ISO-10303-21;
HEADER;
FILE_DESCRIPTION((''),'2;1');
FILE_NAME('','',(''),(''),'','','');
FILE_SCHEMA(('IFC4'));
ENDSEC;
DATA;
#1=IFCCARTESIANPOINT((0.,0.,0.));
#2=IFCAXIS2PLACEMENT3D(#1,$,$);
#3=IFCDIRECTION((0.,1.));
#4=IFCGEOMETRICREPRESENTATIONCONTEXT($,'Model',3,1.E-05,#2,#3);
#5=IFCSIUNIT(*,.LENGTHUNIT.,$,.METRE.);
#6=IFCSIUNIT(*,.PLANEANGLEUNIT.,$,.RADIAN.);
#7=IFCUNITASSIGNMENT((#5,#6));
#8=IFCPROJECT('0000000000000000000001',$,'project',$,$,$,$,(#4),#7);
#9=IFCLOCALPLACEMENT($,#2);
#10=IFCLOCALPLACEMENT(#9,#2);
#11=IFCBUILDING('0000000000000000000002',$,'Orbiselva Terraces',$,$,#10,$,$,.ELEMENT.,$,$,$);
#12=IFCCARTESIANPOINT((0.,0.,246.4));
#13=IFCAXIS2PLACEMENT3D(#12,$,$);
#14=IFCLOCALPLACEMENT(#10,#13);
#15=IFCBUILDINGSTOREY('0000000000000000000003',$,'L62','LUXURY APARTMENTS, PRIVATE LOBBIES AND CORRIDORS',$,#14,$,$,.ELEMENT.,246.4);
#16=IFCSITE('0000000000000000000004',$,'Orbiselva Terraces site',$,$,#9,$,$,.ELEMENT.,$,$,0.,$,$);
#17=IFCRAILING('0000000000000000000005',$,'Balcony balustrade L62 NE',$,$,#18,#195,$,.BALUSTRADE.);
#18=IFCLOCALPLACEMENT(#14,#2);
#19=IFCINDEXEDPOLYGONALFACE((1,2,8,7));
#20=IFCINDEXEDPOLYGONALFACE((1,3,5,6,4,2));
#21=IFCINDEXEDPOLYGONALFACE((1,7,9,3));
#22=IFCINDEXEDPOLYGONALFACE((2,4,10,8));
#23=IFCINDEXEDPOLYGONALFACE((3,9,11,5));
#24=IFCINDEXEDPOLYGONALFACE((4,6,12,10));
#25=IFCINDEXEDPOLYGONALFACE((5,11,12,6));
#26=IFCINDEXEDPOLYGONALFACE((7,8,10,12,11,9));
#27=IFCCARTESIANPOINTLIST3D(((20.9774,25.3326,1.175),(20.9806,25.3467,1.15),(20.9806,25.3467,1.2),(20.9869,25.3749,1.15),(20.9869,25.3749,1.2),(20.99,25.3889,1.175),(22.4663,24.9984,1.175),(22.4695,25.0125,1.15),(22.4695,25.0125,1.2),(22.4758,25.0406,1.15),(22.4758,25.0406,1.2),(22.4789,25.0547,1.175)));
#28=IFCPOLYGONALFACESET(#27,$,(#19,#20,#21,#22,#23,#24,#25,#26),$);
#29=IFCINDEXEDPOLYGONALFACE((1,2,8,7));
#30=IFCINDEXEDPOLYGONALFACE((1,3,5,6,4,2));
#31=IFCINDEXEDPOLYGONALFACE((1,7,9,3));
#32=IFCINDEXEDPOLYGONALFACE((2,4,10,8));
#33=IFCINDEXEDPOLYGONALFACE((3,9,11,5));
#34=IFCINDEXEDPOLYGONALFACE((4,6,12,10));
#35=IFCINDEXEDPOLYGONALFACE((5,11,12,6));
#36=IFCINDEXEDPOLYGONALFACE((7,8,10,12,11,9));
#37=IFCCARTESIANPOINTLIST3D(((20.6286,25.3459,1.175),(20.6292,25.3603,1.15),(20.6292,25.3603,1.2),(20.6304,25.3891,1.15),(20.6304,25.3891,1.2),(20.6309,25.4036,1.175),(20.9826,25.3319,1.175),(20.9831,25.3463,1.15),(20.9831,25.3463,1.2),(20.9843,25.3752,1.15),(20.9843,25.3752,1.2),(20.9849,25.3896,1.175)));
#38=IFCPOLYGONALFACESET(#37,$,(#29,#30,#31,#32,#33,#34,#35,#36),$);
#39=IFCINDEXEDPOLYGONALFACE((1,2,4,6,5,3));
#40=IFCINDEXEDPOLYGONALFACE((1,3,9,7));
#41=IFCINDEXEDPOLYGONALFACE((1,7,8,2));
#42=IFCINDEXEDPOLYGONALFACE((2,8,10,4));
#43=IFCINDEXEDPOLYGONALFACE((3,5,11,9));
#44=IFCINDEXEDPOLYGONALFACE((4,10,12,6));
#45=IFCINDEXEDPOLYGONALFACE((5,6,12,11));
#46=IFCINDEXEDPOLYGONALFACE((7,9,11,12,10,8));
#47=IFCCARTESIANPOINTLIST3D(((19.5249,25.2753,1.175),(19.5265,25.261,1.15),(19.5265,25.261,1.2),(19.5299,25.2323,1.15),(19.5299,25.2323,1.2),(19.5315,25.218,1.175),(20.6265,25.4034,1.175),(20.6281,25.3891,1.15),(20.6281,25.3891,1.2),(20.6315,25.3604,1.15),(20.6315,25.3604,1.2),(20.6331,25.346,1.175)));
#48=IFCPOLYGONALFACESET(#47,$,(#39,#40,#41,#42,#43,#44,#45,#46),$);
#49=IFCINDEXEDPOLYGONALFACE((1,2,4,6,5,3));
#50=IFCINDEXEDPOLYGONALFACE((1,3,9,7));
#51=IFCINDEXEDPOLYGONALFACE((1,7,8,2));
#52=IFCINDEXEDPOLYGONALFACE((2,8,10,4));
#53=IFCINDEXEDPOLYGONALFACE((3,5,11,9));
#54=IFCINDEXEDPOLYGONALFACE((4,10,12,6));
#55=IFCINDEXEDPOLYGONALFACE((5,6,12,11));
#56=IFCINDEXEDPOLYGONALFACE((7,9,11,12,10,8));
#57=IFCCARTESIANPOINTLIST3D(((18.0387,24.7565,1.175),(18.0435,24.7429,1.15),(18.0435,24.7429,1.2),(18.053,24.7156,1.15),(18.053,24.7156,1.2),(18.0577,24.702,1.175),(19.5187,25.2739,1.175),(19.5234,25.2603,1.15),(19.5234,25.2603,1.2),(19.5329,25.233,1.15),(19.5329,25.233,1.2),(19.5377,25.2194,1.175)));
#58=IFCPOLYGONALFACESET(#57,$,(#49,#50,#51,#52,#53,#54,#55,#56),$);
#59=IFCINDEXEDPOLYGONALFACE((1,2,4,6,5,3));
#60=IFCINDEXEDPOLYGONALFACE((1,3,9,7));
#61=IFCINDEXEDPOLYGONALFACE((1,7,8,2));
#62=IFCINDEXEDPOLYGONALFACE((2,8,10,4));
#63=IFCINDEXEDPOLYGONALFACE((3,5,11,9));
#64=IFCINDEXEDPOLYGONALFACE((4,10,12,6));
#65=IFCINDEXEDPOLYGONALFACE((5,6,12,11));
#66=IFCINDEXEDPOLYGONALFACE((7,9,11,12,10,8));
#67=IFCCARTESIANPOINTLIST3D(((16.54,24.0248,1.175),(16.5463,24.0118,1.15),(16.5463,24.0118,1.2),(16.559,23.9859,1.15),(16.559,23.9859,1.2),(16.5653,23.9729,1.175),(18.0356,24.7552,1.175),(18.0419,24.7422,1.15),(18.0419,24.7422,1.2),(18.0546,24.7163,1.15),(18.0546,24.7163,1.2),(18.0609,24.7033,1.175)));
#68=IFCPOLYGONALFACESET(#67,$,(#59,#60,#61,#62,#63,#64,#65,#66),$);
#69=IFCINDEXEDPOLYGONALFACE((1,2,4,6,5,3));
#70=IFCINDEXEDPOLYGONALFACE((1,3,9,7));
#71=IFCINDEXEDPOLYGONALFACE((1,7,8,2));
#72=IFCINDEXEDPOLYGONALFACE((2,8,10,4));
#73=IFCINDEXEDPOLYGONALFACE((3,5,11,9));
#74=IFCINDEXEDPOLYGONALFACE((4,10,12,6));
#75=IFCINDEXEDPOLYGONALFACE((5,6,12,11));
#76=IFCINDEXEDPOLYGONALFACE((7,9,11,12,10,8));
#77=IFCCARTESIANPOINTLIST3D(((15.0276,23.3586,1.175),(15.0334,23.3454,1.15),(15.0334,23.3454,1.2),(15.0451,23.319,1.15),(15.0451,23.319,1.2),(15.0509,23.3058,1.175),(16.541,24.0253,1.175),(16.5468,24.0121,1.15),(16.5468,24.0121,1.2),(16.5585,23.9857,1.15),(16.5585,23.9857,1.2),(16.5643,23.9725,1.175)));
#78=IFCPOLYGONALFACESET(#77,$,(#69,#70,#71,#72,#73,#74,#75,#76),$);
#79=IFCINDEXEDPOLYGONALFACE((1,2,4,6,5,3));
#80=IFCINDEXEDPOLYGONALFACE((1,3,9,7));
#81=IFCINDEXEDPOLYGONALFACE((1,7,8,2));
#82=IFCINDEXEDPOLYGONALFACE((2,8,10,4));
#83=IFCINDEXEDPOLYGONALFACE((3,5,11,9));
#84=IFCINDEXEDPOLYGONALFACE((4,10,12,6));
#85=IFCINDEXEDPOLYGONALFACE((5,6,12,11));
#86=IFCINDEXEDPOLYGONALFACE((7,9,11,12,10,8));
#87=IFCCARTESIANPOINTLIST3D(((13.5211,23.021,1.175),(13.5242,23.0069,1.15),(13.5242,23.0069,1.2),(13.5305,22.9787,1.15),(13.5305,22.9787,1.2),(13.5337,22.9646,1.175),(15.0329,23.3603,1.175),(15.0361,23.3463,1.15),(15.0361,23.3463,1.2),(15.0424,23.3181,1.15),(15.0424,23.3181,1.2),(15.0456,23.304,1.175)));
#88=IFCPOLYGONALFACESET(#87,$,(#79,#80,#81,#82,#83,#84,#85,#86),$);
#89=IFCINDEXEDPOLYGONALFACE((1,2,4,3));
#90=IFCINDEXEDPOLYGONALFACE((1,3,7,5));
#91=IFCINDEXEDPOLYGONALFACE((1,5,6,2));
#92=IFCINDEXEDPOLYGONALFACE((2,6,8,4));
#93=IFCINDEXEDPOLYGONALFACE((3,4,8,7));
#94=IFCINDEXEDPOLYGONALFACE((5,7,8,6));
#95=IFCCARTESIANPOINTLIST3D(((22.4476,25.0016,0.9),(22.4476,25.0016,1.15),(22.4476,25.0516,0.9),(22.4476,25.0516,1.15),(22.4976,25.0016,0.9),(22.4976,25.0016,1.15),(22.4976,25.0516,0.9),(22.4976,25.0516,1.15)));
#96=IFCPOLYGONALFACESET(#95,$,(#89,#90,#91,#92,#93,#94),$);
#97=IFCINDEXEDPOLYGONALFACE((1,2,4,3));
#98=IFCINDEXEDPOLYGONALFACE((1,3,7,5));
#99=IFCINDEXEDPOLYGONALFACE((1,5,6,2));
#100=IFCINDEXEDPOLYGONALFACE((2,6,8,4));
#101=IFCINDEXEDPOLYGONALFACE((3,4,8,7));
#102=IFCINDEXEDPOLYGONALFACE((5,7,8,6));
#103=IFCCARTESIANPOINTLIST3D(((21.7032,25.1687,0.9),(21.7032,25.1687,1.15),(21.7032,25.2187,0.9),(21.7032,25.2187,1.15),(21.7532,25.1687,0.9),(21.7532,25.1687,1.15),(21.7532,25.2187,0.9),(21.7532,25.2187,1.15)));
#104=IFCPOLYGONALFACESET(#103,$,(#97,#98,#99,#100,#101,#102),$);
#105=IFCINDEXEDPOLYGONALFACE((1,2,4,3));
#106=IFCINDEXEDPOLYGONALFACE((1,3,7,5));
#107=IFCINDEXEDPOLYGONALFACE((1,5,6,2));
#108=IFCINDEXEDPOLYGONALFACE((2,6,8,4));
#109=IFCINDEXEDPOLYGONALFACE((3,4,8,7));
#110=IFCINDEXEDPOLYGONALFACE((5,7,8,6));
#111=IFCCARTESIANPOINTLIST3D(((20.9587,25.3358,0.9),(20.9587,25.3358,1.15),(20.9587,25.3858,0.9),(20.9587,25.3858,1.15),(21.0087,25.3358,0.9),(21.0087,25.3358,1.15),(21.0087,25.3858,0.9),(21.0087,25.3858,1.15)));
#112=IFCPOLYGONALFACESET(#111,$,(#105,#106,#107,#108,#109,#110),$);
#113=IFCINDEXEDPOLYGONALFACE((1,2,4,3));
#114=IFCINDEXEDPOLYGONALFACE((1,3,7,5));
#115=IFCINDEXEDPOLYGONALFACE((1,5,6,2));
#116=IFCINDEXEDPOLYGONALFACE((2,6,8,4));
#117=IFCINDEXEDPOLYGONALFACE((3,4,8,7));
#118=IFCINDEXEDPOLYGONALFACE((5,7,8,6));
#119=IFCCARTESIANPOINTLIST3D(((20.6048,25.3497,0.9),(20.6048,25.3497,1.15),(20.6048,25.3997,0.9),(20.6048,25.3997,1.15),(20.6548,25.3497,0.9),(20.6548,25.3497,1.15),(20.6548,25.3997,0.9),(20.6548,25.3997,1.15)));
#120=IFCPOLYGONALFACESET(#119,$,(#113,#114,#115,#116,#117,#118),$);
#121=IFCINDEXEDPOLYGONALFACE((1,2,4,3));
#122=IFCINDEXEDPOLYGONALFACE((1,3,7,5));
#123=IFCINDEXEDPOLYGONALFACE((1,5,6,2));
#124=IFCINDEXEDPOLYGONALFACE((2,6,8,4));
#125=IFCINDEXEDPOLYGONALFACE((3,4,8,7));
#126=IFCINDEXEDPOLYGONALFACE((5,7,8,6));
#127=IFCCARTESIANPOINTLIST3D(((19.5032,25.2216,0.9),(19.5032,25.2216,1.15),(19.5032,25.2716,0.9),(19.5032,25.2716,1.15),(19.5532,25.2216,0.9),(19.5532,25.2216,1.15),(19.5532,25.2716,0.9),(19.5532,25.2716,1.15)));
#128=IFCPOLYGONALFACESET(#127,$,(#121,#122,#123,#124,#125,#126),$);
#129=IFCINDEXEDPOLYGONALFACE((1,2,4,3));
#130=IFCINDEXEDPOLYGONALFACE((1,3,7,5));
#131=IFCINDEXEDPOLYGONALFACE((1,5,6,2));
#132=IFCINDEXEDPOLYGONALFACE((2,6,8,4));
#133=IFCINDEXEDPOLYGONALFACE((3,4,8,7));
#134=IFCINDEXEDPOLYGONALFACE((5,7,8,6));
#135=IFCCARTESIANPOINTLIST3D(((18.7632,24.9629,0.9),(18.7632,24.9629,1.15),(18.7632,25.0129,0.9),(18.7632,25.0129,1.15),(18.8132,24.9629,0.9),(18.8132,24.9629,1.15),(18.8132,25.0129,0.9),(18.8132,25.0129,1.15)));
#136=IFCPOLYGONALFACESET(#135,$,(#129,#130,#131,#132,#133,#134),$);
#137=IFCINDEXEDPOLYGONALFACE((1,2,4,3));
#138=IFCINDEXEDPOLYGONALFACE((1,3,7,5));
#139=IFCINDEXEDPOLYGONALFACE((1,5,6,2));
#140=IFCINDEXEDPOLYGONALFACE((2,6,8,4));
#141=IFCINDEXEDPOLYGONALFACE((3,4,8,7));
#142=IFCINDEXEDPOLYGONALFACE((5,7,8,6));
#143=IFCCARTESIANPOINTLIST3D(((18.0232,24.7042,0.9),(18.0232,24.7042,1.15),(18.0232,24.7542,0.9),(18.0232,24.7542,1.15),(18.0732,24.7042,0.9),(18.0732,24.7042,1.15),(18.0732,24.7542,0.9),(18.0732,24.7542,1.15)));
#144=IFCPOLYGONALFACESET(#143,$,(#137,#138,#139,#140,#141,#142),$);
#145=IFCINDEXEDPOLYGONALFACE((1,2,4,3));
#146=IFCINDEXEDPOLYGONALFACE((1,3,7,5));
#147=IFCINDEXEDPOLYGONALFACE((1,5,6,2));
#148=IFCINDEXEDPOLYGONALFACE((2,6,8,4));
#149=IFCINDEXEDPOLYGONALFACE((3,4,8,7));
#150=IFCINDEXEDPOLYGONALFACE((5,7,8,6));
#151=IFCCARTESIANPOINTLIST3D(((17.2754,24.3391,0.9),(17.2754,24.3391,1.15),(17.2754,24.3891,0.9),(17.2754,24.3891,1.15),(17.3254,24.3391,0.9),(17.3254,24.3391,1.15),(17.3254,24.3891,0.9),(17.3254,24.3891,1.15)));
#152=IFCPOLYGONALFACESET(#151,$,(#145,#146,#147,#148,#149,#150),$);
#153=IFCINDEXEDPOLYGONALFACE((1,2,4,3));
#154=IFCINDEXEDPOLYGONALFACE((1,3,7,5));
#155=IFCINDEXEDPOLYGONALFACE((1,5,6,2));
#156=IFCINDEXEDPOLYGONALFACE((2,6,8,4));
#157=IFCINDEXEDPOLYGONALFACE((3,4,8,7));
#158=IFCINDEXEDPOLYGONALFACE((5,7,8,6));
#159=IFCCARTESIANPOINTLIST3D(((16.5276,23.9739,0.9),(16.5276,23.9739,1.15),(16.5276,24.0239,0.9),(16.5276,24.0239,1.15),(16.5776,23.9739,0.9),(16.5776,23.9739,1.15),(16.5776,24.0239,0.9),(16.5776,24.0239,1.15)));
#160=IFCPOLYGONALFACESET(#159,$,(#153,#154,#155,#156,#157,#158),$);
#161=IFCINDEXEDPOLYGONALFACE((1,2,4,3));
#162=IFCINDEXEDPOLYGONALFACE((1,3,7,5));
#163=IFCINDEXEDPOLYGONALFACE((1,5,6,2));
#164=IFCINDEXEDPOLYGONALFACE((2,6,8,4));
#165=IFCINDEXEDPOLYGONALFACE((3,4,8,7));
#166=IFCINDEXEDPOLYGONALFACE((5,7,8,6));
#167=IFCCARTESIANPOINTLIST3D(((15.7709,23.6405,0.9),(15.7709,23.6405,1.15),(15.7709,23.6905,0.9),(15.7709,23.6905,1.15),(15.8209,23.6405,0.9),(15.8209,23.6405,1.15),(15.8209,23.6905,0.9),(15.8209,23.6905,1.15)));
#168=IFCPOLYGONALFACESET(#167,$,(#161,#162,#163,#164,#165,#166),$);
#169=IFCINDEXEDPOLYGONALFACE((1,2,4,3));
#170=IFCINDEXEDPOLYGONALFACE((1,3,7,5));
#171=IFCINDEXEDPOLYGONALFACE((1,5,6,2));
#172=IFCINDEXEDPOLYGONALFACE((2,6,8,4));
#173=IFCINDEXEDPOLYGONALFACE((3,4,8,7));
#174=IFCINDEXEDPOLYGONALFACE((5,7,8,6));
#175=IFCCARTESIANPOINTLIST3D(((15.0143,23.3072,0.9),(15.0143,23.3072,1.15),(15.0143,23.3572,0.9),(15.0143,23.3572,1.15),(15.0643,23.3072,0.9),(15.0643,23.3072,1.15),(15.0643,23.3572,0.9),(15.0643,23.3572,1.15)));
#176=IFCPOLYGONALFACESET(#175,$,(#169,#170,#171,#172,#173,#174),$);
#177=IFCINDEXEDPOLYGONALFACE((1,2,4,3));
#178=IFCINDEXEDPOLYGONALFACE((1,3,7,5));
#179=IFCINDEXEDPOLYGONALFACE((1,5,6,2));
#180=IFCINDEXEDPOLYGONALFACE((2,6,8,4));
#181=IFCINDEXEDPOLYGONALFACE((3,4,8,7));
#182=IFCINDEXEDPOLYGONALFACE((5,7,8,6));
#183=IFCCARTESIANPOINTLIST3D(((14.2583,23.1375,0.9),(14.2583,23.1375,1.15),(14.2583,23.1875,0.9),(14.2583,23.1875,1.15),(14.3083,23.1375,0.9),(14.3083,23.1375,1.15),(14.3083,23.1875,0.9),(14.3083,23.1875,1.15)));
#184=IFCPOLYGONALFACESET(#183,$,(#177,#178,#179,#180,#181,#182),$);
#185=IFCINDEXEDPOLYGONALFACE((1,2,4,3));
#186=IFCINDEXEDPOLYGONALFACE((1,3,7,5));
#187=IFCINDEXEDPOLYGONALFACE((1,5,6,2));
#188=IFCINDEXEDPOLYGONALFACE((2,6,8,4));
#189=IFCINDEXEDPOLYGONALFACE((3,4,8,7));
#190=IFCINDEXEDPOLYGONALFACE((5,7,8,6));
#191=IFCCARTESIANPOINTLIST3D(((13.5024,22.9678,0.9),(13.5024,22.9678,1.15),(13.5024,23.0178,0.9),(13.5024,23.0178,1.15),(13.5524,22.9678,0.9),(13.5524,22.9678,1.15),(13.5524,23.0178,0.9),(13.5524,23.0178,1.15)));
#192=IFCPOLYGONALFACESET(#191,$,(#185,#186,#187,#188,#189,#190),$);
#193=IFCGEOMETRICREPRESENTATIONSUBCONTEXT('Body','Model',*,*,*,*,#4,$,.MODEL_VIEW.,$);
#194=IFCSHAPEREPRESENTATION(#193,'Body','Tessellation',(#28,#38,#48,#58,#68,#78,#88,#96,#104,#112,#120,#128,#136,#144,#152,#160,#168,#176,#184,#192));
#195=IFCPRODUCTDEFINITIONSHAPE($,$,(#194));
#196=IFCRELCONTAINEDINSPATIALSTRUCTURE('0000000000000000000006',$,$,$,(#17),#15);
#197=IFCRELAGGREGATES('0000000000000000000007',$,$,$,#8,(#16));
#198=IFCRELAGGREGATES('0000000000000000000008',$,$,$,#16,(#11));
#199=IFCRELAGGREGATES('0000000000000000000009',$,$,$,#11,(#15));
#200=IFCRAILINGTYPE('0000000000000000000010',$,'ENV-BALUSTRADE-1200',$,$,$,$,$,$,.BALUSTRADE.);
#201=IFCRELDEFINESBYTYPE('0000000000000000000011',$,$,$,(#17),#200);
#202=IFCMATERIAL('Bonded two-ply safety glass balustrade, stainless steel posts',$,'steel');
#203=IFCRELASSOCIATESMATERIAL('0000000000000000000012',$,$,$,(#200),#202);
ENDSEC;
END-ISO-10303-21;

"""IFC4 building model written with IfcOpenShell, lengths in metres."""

from ifc_helpers import new_model, si_unit, direction, frame, origin, origin_2d, place, context, subcontext, project, spatial, polyline, rectangle, outline, extrude, material, type_object, element, save


model = new_model("IFC4")

# Units and contexts
model_context = context("Model", 3, precision=1e-05, world=origin(), true_north=direction((0.0, 1.0)))
body_context = subcontext(model_context, "Body", "Model", "MODEL_VIEW")
ifc_project = project(units=[si_unit("LENGTHUNIT", "METRE"), si_unit("PLANEANGLEUNIT", "RADIAN")], contexts=[model_context])

# Site, building, storey
site_placement = place(None, origin())
site = spatial("IfcSite", under=ifc_project, at=site_placement, Name="Orbiselva Terraces site", CompositionType="ELEMENT", RefElevation=0.0)
building_placement = place(site_placement, origin())
building = spatial("IfcBuilding", under=site, at=building_placement, Name="Orbiselva Terraces", CompositionType="ELEMENT")
storey_placement = place(building_placement, frame((0.0, 0.0, 246.4)))
storey = spatial("IfcBuildingStorey", under=building, at=storey_placement, Name="L62", Description="LUXURY APARTMENTS, PRIVATE LOBBIES AND CORRIDORS", CompositionType="ELEMENT", Elevation=246.4)

# Railing
ifc_material_1 = material(Name="Bonded two-ply safety glass balustrade, stainless steel posts", Category="steel")
railing_type_1 = type_object("IfcRailingType", Name="ENV-BALUSTRADE-1200", PredefinedType="BALUSTRADE", material=ifc_material_1)
railing_1_placement = place(storey_placement, frame((22.4726, 25.0266, 0.9)))
element("IfcRailing", 1, at=railing_1_placement, inside=storey, type_object=railing_type_1, Name="Balcony balustrade L62 NE", PredefinedType="BALUSTRADE", context=body_context, shape_type="SweptSolid", body=[
    extrude(outline(polyline([(0.0289, 0.0), (0.0144, 0.025), (-0.0144, 0.025), (-0.0289, 0.0), (-0.0144, -0.025), (0.0144, -0.025), (0.0289, 0.0)])), frame((0.0, 0.0, 0.275), z_axis=(-0.975721, 0.219016, 0.0), x_axis=(-0.219016, -0.975721, 0.0)), (0.0, 0.0, 1.0), 1.526),
    extrude(outline(polyline([(0.0289, 0.0), (0.0144, 0.025), (-0.0144, 0.025), (-0.0289, 0.0), (-0.0144, -0.025), (0.0144, -0.025), (0.0289, 0.0)])), frame((-1.4889, 0.3342, 0.275), z_axis=(-0.999225, 0.039364, 0.0), x_axis=(-0.039364, -0.999225, 0.0)), (0.0, 0.0, 1.0), 0.3542),
    extrude(outline(polyline([(0.0289, 0.0), (0.0144, 0.025), (-0.0144, 0.025), (-0.0289, 0.0), (-0.0144, -0.025), (0.0144, -0.025), (0.0289, 0.0)])), frame((-1.8428, 0.3482, 0.275), z_axis=(-0.99331, -0.115481, 0.0), x_axis=(0.115481, -0.99331, 0.0)), (0.0, 0.0, 1.0), 1.109),
    extrude(outline(polyline([(0.0289, 0.0), (0.0144, 0.025), (-0.0144, 0.025), (-0.0289, 0.0), (-0.0144, -0.025), (0.0144, -0.025), (0.0289, 0.0)])), frame((-2.9444, 0.2201, 0.275), z_axis=(-0.943972, -0.330025, 0.0), x_axis=(0.330025, -0.943972, 0.0)), (0.0, 0.0, 1.0), 1.5678),
    extrude(outline(polyline([(0.0289, 0.0), (0.0144, 0.025), (-0.0144, 0.025), (-0.0289, 0.0), (-0.0144, -0.025), (0.0144, -0.025), (0.0289, 0.0)])), frame((-4.4244, -0.2973, 0.275), z_axis=(-0.898579, -0.438812, 0.0), x_axis=(0.438812, -0.898579, 0.0)), (0.0, 0.0, 1.0), 1.6644),
    extrude(outline(polyline([(0.0289, 0.0), (0.0144, 0.025), (-0.0144, 0.025), (-0.0289, 0.0), (-0.0144, -0.025), (0.0144, -0.025), (0.0289, 0.0)])), frame((-5.92, -1.0277, 0.275), z_axis=(-0.915134, -0.403151, 0.0), x_axis=(0.403151, -0.915134, 0.0)), (0.0, 0.0, 1.0), 1.6537),
    extrude(outline(polyline([(0.0289, 0.0), (0.0144, 0.025), (-0.0144, 0.025), (-0.0289, 0.0), (-0.0144, -0.025), (0.0144, -0.025), (0.0289, 0.0)])), frame((-7.4334, -1.6944, 0.275), z_axis=(-0.975721, -0.219016, 0.0), x_axis=(0.219016, -0.975721, 0.0)), (0.0, 0.0, 1.0), 1.5495),
    extrude(rectangle(XDim=0.05, YDim=0.05, at=origin_2d()), origin(), (0.0, 0.0, 1.0), 0.25),
    extrude(rectangle(XDim=0.05, YDim=0.05, at=origin_2d()), frame((-0.7445, 0.1671, 0.0)), (0.0, 0.0, 1.0), 0.25),
    extrude(rectangle(XDim=0.05, YDim=0.05, at=origin_2d()), frame((-1.4889, 0.3342, 0.0)), (0.0, 0.0, 1.0), 0.25),
    extrude(rectangle(XDim=0.05, YDim=0.05, at=origin_2d()), frame((-1.8428, 0.3482, 0.0)), (0.0, 0.0, 1.0), 0.25),
    extrude(rectangle(XDim=0.05, YDim=0.05, at=origin_2d()), frame((-2.9444, 0.2201, 0.0)), (0.0, 0.0, 1.0), 0.25),
    extrude(rectangle(XDim=0.05, YDim=0.05, at=origin_2d()), frame((-3.6844, -0.0386, 0.0)), (0.0, 0.0, 1.0), 0.25),
    extrude(rectangle(XDim=0.05, YDim=0.05, at=origin_2d()), frame((-4.4244, -0.2973, 0.0)), (0.0, 0.0, 1.0), 0.25),
    extrude(rectangle(XDim=0.05, YDim=0.05, at=origin_2d()), frame((-5.1722, -0.6625, 0.0)), (0.0, 0.0, 1.0), 0.25),
    extrude(rectangle(XDim=0.05, YDim=0.05, at=origin_2d()), frame((-5.92, -1.0277, 0.0)), (0.0, 0.0, 1.0), 0.25),
    extrude(rectangle(XDim=0.05, YDim=0.05, at=origin_2d()), frame((-6.6767, -1.361, 0.0)), (0.0, 0.0, 1.0), 0.25),
    extrude(rectangle(XDim=0.05, YDim=0.05, at=origin_2d()), frame((-7.4334, -1.6944, 0.0)), (0.0, 0.0, 1.0), 0.25),
    extrude(rectangle(XDim=0.05, YDim=0.05, at=origin_2d()), frame((-8.1893, -1.8641, 0.0)), (0.0, 0.0, 1.0), 0.25),
    extrude(rectangle(XDim=0.05, YDim=0.05, at=origin_2d()), frame((-8.9452, -2.0338, 0.0)), (0.0, 0.0, 1.0), 0.25),
])

save(model, "model.ifc")
